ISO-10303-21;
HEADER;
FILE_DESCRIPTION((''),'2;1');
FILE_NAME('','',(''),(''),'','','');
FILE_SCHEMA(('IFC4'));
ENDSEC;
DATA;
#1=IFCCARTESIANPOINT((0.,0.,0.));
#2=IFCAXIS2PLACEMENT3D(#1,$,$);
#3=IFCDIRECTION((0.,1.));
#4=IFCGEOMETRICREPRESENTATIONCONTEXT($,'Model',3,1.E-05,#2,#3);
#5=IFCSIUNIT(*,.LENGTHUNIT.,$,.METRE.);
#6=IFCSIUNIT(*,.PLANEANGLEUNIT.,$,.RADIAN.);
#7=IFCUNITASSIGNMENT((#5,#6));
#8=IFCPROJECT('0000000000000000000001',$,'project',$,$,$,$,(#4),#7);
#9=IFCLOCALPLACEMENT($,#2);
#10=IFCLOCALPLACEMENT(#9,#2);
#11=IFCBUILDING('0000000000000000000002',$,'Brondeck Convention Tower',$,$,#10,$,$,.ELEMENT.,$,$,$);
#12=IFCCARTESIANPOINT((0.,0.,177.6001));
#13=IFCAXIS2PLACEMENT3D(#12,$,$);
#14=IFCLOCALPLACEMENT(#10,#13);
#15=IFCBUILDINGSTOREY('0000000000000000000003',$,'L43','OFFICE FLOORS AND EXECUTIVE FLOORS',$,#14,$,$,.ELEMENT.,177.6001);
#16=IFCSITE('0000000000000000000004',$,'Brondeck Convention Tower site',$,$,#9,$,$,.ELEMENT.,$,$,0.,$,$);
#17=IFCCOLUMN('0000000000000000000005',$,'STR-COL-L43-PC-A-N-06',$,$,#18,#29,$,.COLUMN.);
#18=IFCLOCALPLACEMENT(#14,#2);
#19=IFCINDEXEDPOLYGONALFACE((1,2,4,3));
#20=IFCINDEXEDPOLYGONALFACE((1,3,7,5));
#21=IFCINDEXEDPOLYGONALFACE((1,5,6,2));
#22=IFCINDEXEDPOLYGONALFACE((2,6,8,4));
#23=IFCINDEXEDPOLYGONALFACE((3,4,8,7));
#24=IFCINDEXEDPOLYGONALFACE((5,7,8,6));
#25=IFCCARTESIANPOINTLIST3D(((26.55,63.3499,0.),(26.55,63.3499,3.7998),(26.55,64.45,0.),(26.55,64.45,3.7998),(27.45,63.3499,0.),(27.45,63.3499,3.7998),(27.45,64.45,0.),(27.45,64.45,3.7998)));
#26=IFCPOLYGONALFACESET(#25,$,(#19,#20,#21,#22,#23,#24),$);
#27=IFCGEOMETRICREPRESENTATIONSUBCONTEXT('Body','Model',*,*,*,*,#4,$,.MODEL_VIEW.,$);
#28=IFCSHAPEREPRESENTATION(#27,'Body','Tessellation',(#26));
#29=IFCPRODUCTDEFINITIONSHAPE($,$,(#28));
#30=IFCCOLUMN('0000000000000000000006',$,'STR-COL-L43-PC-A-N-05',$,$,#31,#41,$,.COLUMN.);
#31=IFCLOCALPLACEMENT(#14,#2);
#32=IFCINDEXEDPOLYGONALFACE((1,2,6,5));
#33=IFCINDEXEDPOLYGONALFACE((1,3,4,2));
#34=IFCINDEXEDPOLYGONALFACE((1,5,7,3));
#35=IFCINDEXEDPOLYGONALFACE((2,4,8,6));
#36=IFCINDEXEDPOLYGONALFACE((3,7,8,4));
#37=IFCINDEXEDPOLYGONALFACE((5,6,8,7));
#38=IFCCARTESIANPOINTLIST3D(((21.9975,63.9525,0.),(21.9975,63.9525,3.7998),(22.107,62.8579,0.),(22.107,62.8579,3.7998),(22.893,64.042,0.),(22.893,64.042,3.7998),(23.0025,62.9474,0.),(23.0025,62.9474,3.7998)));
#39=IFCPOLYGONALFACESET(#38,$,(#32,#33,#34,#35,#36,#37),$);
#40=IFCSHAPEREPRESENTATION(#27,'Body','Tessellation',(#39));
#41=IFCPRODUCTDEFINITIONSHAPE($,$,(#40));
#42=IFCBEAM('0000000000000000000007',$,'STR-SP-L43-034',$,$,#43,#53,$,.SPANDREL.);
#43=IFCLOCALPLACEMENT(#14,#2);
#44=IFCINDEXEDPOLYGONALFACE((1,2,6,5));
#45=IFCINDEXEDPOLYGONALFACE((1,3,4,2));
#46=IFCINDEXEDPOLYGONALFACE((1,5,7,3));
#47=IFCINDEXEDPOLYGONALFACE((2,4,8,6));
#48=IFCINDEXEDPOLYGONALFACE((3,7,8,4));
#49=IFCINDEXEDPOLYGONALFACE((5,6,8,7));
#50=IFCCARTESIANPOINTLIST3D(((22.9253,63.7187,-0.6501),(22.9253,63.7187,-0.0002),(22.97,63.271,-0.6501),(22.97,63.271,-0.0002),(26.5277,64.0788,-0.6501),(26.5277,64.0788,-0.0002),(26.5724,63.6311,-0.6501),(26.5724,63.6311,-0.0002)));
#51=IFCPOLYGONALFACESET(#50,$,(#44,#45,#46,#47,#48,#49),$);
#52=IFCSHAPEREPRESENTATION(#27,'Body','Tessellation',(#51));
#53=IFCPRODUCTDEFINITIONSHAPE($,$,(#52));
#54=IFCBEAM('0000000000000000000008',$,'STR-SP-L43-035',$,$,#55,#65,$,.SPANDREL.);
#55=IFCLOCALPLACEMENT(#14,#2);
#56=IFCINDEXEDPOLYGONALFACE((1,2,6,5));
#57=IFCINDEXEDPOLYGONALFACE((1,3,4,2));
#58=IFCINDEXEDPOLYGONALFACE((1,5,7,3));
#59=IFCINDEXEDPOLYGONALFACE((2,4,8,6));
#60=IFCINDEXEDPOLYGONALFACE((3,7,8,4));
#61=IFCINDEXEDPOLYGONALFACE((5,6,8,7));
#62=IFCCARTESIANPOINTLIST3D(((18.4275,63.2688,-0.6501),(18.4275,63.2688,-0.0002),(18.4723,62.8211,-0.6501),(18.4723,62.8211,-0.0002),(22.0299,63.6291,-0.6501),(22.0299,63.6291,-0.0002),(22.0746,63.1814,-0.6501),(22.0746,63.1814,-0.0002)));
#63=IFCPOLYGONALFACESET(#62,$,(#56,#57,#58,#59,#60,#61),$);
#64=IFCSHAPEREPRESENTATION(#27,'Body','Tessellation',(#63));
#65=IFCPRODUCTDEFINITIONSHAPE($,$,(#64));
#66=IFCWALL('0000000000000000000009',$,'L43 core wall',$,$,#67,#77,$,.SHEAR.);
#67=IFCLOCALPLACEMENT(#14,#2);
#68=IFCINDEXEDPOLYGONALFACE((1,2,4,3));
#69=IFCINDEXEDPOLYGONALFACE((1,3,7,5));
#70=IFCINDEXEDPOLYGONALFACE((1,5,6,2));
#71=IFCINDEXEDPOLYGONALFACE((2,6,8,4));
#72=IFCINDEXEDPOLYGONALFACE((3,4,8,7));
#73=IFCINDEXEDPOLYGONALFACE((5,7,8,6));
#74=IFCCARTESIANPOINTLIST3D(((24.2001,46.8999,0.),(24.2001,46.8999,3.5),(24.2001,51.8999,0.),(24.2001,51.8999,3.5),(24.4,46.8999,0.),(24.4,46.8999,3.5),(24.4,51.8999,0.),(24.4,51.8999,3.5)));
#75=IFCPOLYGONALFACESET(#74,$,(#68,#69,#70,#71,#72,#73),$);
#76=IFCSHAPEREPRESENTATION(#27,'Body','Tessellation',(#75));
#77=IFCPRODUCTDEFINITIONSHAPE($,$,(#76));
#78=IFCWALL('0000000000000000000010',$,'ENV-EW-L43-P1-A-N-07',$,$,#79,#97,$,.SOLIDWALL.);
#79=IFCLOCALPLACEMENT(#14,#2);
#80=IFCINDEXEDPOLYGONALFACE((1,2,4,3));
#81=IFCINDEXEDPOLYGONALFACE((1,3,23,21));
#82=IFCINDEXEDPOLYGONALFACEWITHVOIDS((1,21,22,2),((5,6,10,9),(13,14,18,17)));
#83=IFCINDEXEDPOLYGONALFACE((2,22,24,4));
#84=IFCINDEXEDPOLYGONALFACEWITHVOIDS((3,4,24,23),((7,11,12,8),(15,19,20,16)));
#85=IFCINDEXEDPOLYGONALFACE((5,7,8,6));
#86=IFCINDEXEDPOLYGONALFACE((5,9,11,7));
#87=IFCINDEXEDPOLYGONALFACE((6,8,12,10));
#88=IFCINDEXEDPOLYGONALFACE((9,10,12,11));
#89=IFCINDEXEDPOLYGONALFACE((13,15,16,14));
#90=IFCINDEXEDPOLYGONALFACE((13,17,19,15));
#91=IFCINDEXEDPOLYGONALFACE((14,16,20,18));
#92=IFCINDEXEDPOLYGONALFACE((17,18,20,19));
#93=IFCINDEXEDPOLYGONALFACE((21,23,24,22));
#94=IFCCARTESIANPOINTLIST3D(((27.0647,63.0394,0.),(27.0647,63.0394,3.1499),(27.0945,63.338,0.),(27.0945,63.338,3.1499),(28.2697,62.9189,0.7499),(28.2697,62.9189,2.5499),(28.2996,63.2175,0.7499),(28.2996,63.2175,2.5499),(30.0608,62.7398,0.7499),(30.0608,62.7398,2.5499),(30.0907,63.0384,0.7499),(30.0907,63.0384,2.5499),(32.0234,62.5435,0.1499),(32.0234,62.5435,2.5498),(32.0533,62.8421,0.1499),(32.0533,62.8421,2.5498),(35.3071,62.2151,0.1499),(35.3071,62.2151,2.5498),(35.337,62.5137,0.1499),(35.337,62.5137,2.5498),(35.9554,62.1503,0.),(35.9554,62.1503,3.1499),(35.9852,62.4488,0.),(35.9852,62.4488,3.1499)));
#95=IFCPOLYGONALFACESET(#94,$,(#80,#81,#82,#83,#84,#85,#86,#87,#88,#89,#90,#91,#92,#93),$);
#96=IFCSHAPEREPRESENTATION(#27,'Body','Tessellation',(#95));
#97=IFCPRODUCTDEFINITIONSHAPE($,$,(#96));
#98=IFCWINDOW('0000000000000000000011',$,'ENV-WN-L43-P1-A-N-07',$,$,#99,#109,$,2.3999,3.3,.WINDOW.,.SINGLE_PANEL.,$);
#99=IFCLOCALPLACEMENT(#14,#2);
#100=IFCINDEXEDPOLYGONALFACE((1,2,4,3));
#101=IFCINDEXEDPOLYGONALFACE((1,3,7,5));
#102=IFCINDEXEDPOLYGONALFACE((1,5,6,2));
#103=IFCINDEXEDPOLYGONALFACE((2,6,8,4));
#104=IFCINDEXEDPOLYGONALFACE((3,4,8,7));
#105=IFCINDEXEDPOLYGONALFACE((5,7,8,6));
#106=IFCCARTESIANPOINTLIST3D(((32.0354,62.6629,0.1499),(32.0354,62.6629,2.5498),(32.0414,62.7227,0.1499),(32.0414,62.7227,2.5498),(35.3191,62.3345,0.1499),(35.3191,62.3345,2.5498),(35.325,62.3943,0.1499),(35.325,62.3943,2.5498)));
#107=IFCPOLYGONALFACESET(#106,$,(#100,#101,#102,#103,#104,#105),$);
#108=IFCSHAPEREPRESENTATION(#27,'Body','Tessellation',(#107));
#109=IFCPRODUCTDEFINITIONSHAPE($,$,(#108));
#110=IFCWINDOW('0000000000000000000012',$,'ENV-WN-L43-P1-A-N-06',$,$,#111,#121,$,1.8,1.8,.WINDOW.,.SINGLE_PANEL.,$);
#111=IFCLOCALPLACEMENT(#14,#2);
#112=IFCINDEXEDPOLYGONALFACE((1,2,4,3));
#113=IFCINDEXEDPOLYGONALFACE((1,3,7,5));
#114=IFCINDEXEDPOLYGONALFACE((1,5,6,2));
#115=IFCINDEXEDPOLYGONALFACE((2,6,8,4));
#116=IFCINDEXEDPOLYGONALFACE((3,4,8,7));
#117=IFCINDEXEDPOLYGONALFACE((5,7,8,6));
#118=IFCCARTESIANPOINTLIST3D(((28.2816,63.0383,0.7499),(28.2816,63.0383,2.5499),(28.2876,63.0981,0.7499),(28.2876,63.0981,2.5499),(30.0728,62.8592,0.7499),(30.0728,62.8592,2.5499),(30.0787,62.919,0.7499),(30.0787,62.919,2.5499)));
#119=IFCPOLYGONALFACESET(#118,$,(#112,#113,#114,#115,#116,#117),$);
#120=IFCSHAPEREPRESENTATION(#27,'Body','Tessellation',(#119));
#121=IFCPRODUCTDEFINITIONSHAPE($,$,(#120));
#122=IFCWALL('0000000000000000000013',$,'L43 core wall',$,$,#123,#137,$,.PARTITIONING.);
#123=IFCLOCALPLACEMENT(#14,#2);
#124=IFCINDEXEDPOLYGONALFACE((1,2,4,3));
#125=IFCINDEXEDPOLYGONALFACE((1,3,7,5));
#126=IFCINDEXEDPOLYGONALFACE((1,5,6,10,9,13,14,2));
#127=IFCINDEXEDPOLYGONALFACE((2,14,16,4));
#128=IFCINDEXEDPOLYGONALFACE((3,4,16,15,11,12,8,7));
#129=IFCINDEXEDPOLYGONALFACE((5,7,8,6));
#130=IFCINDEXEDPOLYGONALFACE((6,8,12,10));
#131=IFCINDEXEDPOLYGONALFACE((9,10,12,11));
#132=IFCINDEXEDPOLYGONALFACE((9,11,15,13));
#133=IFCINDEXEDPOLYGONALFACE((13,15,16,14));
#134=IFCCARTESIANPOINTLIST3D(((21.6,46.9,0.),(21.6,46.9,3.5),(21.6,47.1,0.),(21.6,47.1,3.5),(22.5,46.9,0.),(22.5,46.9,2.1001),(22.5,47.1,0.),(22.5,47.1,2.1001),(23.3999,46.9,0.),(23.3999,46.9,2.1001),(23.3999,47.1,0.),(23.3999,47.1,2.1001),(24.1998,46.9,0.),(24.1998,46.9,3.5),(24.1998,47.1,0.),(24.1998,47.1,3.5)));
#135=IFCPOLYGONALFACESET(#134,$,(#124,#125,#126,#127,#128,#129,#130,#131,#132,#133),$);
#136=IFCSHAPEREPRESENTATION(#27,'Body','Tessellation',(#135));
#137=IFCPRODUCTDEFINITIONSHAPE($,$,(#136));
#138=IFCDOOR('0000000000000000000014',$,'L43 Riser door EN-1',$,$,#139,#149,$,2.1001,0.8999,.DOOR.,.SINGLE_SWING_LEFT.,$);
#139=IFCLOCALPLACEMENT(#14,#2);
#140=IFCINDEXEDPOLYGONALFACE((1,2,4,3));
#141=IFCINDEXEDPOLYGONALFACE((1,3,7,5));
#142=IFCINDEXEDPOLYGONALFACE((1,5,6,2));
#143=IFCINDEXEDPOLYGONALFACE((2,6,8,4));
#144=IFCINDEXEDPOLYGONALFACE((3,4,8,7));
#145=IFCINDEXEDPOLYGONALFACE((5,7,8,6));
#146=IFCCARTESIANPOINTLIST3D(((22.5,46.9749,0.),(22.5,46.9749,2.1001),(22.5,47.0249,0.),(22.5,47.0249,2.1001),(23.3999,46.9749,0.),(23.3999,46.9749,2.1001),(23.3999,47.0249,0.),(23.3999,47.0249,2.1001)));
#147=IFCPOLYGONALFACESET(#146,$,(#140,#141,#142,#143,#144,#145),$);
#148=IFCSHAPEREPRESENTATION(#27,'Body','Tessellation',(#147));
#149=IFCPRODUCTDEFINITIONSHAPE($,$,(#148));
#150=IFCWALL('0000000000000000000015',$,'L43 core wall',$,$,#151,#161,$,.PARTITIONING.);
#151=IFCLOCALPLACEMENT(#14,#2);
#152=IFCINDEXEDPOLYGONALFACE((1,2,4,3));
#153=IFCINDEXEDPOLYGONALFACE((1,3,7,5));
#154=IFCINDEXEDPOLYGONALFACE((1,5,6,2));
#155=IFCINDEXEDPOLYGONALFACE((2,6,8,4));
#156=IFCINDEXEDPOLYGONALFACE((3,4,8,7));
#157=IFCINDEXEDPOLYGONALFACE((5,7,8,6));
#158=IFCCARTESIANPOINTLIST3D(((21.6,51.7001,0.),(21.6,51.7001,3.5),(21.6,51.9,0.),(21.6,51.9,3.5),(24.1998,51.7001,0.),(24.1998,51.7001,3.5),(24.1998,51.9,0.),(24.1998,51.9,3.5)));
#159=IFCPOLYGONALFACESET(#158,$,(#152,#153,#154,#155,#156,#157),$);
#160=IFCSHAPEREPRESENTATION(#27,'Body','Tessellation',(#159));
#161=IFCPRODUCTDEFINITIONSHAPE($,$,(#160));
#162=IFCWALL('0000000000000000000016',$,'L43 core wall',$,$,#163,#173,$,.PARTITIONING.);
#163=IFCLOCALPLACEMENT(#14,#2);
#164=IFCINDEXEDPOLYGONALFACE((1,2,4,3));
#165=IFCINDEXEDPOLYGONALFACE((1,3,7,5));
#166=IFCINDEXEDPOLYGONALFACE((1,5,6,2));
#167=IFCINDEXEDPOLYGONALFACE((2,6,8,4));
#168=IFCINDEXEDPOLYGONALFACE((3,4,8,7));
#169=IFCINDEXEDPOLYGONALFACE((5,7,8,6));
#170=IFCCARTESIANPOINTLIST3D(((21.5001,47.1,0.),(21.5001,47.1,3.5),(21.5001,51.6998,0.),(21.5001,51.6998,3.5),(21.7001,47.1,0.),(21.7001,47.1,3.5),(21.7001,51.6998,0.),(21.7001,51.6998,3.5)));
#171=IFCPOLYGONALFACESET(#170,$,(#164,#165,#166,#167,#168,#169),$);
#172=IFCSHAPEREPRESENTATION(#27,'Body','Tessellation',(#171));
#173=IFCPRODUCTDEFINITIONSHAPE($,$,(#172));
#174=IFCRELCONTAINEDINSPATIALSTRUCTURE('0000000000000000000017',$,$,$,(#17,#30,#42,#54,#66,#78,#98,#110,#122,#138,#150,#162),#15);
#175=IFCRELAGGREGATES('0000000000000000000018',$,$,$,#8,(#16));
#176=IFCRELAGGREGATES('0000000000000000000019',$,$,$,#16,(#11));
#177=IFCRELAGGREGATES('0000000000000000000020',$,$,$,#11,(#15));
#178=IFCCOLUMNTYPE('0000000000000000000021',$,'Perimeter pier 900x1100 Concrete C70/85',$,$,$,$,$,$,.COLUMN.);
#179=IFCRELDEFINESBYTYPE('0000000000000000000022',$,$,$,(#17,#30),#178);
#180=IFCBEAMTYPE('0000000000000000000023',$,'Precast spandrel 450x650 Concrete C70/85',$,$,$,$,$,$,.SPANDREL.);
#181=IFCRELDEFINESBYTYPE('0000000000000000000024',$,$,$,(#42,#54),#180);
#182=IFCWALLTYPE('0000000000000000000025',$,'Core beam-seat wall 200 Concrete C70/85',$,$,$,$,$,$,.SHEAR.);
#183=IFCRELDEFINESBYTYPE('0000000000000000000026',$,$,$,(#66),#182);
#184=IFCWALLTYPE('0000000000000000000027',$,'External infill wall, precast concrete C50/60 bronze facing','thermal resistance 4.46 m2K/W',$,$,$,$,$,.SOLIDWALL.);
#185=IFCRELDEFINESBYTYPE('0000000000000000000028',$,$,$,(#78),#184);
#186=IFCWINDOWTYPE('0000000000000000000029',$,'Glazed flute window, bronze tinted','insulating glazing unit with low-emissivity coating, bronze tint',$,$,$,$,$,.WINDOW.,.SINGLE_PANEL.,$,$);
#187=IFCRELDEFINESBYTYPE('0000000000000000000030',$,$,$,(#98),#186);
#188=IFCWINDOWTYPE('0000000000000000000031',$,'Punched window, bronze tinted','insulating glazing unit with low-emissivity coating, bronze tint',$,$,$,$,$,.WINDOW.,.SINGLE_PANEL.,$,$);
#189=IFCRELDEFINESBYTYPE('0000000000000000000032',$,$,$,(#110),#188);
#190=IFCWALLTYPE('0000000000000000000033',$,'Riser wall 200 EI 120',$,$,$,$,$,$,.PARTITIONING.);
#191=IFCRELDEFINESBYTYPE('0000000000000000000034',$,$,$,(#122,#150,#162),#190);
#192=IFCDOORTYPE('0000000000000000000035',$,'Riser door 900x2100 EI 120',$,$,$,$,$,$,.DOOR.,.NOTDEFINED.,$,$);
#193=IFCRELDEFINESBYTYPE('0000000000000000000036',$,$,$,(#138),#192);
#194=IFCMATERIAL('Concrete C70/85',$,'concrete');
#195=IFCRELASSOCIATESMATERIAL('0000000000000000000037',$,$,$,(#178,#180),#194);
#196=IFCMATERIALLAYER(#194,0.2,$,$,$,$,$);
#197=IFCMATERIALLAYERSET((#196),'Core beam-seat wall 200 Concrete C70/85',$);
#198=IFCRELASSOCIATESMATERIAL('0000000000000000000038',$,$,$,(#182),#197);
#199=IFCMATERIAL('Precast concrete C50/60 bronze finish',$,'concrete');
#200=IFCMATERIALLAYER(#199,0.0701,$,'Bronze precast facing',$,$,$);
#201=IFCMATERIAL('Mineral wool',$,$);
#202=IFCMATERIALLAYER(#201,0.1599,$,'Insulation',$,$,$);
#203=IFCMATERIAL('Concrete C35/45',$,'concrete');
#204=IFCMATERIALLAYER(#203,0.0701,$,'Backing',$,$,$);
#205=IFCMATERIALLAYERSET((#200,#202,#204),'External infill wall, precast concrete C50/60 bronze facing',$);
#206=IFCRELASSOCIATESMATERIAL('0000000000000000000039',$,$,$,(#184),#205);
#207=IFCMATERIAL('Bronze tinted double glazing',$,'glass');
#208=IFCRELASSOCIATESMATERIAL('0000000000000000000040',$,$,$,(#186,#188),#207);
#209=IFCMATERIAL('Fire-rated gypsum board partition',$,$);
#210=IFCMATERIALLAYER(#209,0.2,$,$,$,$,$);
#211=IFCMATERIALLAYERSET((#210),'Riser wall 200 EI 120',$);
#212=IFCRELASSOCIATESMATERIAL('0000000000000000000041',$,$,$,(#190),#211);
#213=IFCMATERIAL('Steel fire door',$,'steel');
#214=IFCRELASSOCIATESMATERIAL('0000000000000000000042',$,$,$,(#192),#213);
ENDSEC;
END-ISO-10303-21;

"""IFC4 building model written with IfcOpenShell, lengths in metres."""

from ifc_helpers import new_model, si_unit, direction, frame, frame_2d, origin, origin_2d, place, context, subcontext, project, spatial, rectangle, extrude, material, layer, layer_set, material_profile, profile_set, type_object, element, fill, save


model = new_model("IFC4")

# Units and contexts
model_context = context("Model", 3, precision=1e-05, world=origin(), true_north=direction((0.0, 1.0)))
body_context = subcontext(model_context, "Body", "Model", "MODEL_VIEW")
ifc_project = project(units=[si_unit("LENGTHUNIT", "METRE"), si_unit("PLANEANGLEUNIT", "RADIAN")], contexts=[model_context])

# Site, building, storey
site_placement = place(None, origin())
site = spatial("IfcSite", under=ifc_project, at=site_placement, Name="Brondeck Convention Tower site", CompositionType="ELEMENT", RefElevation=0.0)
building_placement = place(site_placement, origin())
building = spatial("IfcBuilding", under=site, at=building_placement, Name="Brondeck Convention Tower", CompositionType="ELEMENT")
storey_placement = place(building_placement, frame((0.0, 0.0, 177.6001)))
storey = spatial("IfcBuildingStorey", under=building, at=storey_placement, Name="L43", Description="OFFICE FLOORS AND EXECUTIVE FLOORS", CompositionType="ELEMENT", Elevation=177.6001)

# Columns
ifc_material_1 = material(Name="Concrete C70/85", Category="concrete")
ifc_material_profile_1 = material_profile(ifc_material_1, rectangle(XDim=0.8999, YDim=1.1001, at=origin_2d()), Name="Perimeter pier 900x1100 Concrete C70/85")
ifc_profile_set_1 = profile_set([ifc_material_profile_1], Name="Concrete C70/85")
column_type = type_object("IfcColumnType", Name="Perimeter pier 900x1100 Concrete C70/85", PredefinedType="COLUMN", material=ifc_profile_set_1)
for number, where, z_axis, x_axis, name in (
    (1, (27.0, 63.8999, 0.0), (0.0, 0.0, 1.0), (-1.0, 0.0, 0.0), "STR-COL-L43-PC-A-N-06"),
    (2, (22.5, 63.45, 0.0), (0.0, 0.0, 1.0), (-0.995037, -0.099504, 0.0), "STR-COL-L43-PC-A-N-05"),
):
    element("IfcColumn", number, at=place(storey_placement, frame(where, z_axis=z_axis, x_axis=x_axis)), inside=storey, type_object=column_type, Name=name, PredefinedType="COLUMN", context=body_context, shape_type="SweptSolid", body=[
        extrude(rectangle(XDim=0.8999, YDim=1.1001, at=origin_2d()), origin(), (0.0, 0.0, 1.0), 3.7998),
    ])

# Beams
ifc_material_profile_2 = material_profile(ifc_material_1, rectangle(XDim=0.45, YDim=0.6499, at=origin_2d()), Name="Precast spandrel 450x650 Concrete C70/85")
ifc_profile_set_2 = profile_set([ifc_material_profile_2], Name="Concrete C70/85")
beam_type = type_object("IfcBeamType", Name="Precast spandrel 450x650 Concrete C70/85", PredefinedType="SPANDREL", material=ifc_profile_set_2)
for number, where, z_axis, x_axis, name in (
    (3, (26.55, 63.855, -0.3252), (-0.995041, -0.09947, 0.0), (0.09947, -0.995041, 0.0), "STR-SP-L43-034"),
    (4, (22.0522, 63.4053, -0.3252), (-0.995034, -0.099537, 0.0), (0.099537, -0.995034, 0.0), "STR-SP-L43-035"),
):
    element("IfcBeam", number, at=place(storey_placement, frame(where, z_axis=z_axis, x_axis=x_axis)), inside=storey, type_object=beam_type, Name=name, PredefinedType="SPANDREL", context=body_context, shape_type="SweptSolid", body=[
        extrude(rectangle(XDim=0.45, YDim=0.6499, at=origin_2d()), origin(), (0.0, 0.0, 1.0), 3.6204),
    ])

# Wall
ifc_layer_1 = layer(ifc_material_1, 0.2)
ifc_layer_set_1 = layer_set([ifc_layer_1], Name="Core beam-seat wall 200 Concrete C70/85")
wall_type_1 = type_object("IfcWallType", Name="Core beam-seat wall 200 Concrete C70/85", PredefinedType="SHEAR", material=ifc_layer_set_1)
wall_1_placement = place(storey_placement, frame((24.3, 46.8999, 0.0), z_axis=(0.0, 0.0, 1.0), x_axis=(0.0, 1.0, 0.0)))
element("IfcWall", 5, at=wall_1_placement, inside=storey, type_object=wall_type_1, Name="L43 core wall", PredefinedType="SHEAR", context=body_context, shape_type="SweptSolid", body=[
    extrude(rectangle(XDim=5.0, YDim=0.2, at=frame_2d((2.5, 0.0))), origin(), (0.0, 0.0, 1.0), 3.5),
])

# Wall, openings, windows
ifc_material_2 = material(Name="Precast concrete C50/60 bronze finish", Category="concrete")
ifc_layer_2 = layer(ifc_material_2, 0.0701, Name="Bronze precast facing")
ifc_material_3 = material(Name="Mineral wool")
ifc_layer_3 = layer(ifc_material_3, 0.1599, Name="Insulation")
ifc_material_4 = material(Name="Concrete C35/45", Category="concrete")
ifc_layer_4 = layer(ifc_material_4, 0.0701, Name="Backing")
ifc_layer_set_2 = layer_set([ifc_layer_2, ifc_layer_3, ifc_layer_4], Name="External infill wall, precast concrete C50/60 bronze facing")
wall_type_2 = type_object("IfcWallType", Name="External infill wall, precast concrete C50/60 bronze facing", Description="thermal resistance 4.46 m2K/W", PredefinedType="SOLIDWALL", material=ifc_layer_set_2)
wall_2_placement = place(storey_placement, frame((27.0796, 63.1887, 0.0), z_axis=(0.0, 0.0, 1.0), x_axis=(0.995036, -0.099515, 0.0)))
wall_2 = element("IfcWall", 6, at=wall_2_placement, inside=storey, type_object=wall_type_2, Name="ENV-EW-L43-P1-A-N-07", PredefinedType="SOLIDWALL", context=body_context, shape_type="SweptSolid", body=[
    extrude(rectangle(XDim=8.9351, YDim=0.3, at=frame_2d((4.4675, 0.0))), origin(), (0.0, 0.0, 1.0), 3.1499),
])
opening_1_placement = place(wall_2_placement, frame((1.2112, 0.0, 0.75)))
opening_1 = element("IfcOpeningElement", 7, at=opening_1_placement, cuts=wall_2, PredefinedType="OPENING", context=body_context, shape_type="SweptSolid", body=[
    extrude(rectangle(XDim=1.8, YDim=1.8, at=frame_2d((0.8999, 0.8999))), frame((0.0, 0.1599, 0.0), z_axis=(0.0, -1.0, 0.0), x_axis=(1.0, 0.0, 0.0)), (0.0, 0.0, 1.0), 0.3201),
])
opening_2_placement = place(wall_2_placement, frame((4.9836, 0.0, 0.1499)))
opening_2 = element("IfcOpeningElement", 8, at=opening_2_placement, cuts=wall_2, PredefinedType="OPENING", context=body_context, shape_type="SweptSolid", body=[
    extrude(rectangle(XDim=3.3, YDim=2.3999, at=frame_2d((1.6499, 1.2))), frame((0.0, 0.1599, 0.0), z_axis=(0.0, -1.0, 0.0), x_axis=(1.0, 0.0, 0.0)), (0.0, 0.0, 1.0), 0.3201),
])
ifc_material_5 = material(Name="Bronze tinted double glazing", Category="glass")
window_type_1 = type_object("IfcWindowType", Name="Glazed flute window, bronze tinted", Description="insulating glazing unit with low-emissivity coating, bronze tint", PartitioningType="SINGLE_PANEL", PredefinedType="WINDOW", material=ifc_material_5)
window_1_placement = place(opening_2_placement, origin())
window_1 = element("IfcWindow", 9, at=window_1_placement, inside=storey, type_object=window_type_1, Name="ENV-WN-L43-P1-A-N-07", OverallHeight=2.3999, OverallWidth=3.3, PartitioningType="SINGLE_PANEL", PredefinedType="WINDOW", context=body_context, shape_type="SweptSolid", body=[
    extrude(rectangle(XDim=3.3, YDim=2.3999, at=frame_2d((1.6499, 1.2))), frame((0.0, 0.03, 0.0), z_axis=(0.0, -1.0, 0.0), x_axis=(1.0, 0.0, 0.0)), (0.0, 0.0, 1.0), 0.0601),
])
fill(opening_2, window_1)
window_type_2 = type_object("IfcWindowType", Name="Punched window, bronze tinted", Description="insulating glazing unit with low-emissivity coating, bronze tint", PartitioningType="SINGLE_PANEL", PredefinedType="WINDOW", material=ifc_material_5)
window_2_placement = place(opening_1_placement, origin())
window_2 = element("IfcWindow", 10, at=window_2_placement, inside=storey, type_object=window_type_2, Name="ENV-WN-L43-P1-A-N-06", OverallHeight=1.8, OverallWidth=1.8, PartitioningType="SINGLE_PANEL", PredefinedType="WINDOW", context=body_context, shape_type="SweptSolid", body=[
    extrude(rectangle(XDim=1.8, YDim=1.8, at=frame_2d((0.8999, 0.8999))), frame((0.0, 0.03, 0.0), z_axis=(0.0, -1.0, 0.0), x_axis=(1.0, 0.0, 0.0)), (0.0, 0.0, 1.0), 0.0601),
])
fill(opening_1, window_2)

# Wall, opening, door
ifc_material_6 = material(Name="Fire-rated gypsum board partition")
ifc_layer_5 = layer(ifc_material_6, 0.2)
ifc_layer_set_3 = layer_set([ifc_layer_5], Name="Riser wall 200 EI 120")
wall_type_3 = type_object("IfcWallType", Name="Riser wall 200 EI 120", PredefinedType="PARTITIONING", material=ifc_layer_set_3)
wall_3_placement = place(storey_placement, frame((21.6001, 47.0, 0.0), z_axis=(0.0, 0.0, 1.0), x_axis=(1.0, 0.0, 0.0)))
wall_3 = element("IfcWall", 11, at=wall_3_placement, inside=storey, type_object=wall_type_3, Name="L43 core wall", PredefinedType="PARTITIONING", context=body_context, shape_type="SweptSolid", body=[
    extrude(rectangle(XDim=2.5999, YDim=0.2, at=frame_2d((1.2998, 0.0))), origin(), (0.0, 0.0, 1.0), 3.5),
])
opening_3_placement = place(wall_3_placement, frame((0.8999, 0.0, 0.0)))
opening_3 = element("IfcOpeningElement", 12, at=opening_3_placement, cuts=wall_3, PredefinedType="OPENING", context=body_context, shape_type="SweptSolid", body=[
    extrude(rectangle(XDim=0.8999, YDim=2.1001, at=frame_2d((0.45, 1.05))), frame((0.0, 0.1099, 0.0), z_axis=(0.0, -1.0, 0.0), x_axis=(1.0, 0.0, 0.0)), (0.0, 0.0, 1.0), 0.22),
])
ifc_material_7 = material(Name="Steel fire door", Category="steel")
door_type_1 = type_object("IfcDoorType", Name="Riser door 900x2100 EI 120", OperationType="NOTDEFINED", PredefinedType="DOOR", material=ifc_material_7)
door_1_placement = place(opening_3_placement, origin())
door_1 = element("IfcDoor", 13, at=door_1_placement, inside=storey, type_object=door_type_1, Name="L43 Riser door EN-1", OperationType="SINGLE_SWING_LEFT", OverallHeight=2.1001, OverallWidth=0.8999, PredefinedType="DOOR", context=body_context, shape_type="SweptSolid", body=[
    extrude(rectangle(XDim=0.8999, YDim=2.1001, at=frame_2d((0.45, 1.05))), frame((0.0, 0.0249, 0.0), z_axis=(0.0, -1.0, 0.0), x_axis=(1.0, 0.0, 0.0)), (0.0, 0.0, 1.0), 0.05),
])
fill(opening_3, door_1)

# Walls
wall_4_placement = place(storey_placement, frame((21.6001, 51.8, 0.0), z_axis=(0.0, 0.0, 1.0), x_axis=(1.0, 0.0, 0.0)))
element("IfcWall", 14, at=wall_4_placement, inside=storey, type_object=wall_type_3, Name="L43 core wall", PredefinedType="PARTITIONING", context=body_context, shape_type="SweptSolid", body=[
    extrude(rectangle(XDim=2.5999, YDim=0.2, at=frame_2d((1.2998, 0.0))), origin(), (0.0, 0.0, 1.0), 3.5),
])
wall_5_placement = place(storey_placement, frame((21.6001, 47.1001, 0.0), z_axis=(0.0, 0.0, 1.0), x_axis=(0.0, 1.0, 0.0)))
element("IfcWall", 15, at=wall_5_placement, inside=storey, type_object=wall_type_3, Name="L43 core wall", PredefinedType="PARTITIONING", context=body_context, shape_type="SweptSolid", body=[
    extrude(rectangle(XDim=4.5999, YDim=0.2, at=frame_2d((2.2998, 0.0))), origin(), (0.0, 0.0, 1.0), 3.5),
])

save(model, "model.ifc")
